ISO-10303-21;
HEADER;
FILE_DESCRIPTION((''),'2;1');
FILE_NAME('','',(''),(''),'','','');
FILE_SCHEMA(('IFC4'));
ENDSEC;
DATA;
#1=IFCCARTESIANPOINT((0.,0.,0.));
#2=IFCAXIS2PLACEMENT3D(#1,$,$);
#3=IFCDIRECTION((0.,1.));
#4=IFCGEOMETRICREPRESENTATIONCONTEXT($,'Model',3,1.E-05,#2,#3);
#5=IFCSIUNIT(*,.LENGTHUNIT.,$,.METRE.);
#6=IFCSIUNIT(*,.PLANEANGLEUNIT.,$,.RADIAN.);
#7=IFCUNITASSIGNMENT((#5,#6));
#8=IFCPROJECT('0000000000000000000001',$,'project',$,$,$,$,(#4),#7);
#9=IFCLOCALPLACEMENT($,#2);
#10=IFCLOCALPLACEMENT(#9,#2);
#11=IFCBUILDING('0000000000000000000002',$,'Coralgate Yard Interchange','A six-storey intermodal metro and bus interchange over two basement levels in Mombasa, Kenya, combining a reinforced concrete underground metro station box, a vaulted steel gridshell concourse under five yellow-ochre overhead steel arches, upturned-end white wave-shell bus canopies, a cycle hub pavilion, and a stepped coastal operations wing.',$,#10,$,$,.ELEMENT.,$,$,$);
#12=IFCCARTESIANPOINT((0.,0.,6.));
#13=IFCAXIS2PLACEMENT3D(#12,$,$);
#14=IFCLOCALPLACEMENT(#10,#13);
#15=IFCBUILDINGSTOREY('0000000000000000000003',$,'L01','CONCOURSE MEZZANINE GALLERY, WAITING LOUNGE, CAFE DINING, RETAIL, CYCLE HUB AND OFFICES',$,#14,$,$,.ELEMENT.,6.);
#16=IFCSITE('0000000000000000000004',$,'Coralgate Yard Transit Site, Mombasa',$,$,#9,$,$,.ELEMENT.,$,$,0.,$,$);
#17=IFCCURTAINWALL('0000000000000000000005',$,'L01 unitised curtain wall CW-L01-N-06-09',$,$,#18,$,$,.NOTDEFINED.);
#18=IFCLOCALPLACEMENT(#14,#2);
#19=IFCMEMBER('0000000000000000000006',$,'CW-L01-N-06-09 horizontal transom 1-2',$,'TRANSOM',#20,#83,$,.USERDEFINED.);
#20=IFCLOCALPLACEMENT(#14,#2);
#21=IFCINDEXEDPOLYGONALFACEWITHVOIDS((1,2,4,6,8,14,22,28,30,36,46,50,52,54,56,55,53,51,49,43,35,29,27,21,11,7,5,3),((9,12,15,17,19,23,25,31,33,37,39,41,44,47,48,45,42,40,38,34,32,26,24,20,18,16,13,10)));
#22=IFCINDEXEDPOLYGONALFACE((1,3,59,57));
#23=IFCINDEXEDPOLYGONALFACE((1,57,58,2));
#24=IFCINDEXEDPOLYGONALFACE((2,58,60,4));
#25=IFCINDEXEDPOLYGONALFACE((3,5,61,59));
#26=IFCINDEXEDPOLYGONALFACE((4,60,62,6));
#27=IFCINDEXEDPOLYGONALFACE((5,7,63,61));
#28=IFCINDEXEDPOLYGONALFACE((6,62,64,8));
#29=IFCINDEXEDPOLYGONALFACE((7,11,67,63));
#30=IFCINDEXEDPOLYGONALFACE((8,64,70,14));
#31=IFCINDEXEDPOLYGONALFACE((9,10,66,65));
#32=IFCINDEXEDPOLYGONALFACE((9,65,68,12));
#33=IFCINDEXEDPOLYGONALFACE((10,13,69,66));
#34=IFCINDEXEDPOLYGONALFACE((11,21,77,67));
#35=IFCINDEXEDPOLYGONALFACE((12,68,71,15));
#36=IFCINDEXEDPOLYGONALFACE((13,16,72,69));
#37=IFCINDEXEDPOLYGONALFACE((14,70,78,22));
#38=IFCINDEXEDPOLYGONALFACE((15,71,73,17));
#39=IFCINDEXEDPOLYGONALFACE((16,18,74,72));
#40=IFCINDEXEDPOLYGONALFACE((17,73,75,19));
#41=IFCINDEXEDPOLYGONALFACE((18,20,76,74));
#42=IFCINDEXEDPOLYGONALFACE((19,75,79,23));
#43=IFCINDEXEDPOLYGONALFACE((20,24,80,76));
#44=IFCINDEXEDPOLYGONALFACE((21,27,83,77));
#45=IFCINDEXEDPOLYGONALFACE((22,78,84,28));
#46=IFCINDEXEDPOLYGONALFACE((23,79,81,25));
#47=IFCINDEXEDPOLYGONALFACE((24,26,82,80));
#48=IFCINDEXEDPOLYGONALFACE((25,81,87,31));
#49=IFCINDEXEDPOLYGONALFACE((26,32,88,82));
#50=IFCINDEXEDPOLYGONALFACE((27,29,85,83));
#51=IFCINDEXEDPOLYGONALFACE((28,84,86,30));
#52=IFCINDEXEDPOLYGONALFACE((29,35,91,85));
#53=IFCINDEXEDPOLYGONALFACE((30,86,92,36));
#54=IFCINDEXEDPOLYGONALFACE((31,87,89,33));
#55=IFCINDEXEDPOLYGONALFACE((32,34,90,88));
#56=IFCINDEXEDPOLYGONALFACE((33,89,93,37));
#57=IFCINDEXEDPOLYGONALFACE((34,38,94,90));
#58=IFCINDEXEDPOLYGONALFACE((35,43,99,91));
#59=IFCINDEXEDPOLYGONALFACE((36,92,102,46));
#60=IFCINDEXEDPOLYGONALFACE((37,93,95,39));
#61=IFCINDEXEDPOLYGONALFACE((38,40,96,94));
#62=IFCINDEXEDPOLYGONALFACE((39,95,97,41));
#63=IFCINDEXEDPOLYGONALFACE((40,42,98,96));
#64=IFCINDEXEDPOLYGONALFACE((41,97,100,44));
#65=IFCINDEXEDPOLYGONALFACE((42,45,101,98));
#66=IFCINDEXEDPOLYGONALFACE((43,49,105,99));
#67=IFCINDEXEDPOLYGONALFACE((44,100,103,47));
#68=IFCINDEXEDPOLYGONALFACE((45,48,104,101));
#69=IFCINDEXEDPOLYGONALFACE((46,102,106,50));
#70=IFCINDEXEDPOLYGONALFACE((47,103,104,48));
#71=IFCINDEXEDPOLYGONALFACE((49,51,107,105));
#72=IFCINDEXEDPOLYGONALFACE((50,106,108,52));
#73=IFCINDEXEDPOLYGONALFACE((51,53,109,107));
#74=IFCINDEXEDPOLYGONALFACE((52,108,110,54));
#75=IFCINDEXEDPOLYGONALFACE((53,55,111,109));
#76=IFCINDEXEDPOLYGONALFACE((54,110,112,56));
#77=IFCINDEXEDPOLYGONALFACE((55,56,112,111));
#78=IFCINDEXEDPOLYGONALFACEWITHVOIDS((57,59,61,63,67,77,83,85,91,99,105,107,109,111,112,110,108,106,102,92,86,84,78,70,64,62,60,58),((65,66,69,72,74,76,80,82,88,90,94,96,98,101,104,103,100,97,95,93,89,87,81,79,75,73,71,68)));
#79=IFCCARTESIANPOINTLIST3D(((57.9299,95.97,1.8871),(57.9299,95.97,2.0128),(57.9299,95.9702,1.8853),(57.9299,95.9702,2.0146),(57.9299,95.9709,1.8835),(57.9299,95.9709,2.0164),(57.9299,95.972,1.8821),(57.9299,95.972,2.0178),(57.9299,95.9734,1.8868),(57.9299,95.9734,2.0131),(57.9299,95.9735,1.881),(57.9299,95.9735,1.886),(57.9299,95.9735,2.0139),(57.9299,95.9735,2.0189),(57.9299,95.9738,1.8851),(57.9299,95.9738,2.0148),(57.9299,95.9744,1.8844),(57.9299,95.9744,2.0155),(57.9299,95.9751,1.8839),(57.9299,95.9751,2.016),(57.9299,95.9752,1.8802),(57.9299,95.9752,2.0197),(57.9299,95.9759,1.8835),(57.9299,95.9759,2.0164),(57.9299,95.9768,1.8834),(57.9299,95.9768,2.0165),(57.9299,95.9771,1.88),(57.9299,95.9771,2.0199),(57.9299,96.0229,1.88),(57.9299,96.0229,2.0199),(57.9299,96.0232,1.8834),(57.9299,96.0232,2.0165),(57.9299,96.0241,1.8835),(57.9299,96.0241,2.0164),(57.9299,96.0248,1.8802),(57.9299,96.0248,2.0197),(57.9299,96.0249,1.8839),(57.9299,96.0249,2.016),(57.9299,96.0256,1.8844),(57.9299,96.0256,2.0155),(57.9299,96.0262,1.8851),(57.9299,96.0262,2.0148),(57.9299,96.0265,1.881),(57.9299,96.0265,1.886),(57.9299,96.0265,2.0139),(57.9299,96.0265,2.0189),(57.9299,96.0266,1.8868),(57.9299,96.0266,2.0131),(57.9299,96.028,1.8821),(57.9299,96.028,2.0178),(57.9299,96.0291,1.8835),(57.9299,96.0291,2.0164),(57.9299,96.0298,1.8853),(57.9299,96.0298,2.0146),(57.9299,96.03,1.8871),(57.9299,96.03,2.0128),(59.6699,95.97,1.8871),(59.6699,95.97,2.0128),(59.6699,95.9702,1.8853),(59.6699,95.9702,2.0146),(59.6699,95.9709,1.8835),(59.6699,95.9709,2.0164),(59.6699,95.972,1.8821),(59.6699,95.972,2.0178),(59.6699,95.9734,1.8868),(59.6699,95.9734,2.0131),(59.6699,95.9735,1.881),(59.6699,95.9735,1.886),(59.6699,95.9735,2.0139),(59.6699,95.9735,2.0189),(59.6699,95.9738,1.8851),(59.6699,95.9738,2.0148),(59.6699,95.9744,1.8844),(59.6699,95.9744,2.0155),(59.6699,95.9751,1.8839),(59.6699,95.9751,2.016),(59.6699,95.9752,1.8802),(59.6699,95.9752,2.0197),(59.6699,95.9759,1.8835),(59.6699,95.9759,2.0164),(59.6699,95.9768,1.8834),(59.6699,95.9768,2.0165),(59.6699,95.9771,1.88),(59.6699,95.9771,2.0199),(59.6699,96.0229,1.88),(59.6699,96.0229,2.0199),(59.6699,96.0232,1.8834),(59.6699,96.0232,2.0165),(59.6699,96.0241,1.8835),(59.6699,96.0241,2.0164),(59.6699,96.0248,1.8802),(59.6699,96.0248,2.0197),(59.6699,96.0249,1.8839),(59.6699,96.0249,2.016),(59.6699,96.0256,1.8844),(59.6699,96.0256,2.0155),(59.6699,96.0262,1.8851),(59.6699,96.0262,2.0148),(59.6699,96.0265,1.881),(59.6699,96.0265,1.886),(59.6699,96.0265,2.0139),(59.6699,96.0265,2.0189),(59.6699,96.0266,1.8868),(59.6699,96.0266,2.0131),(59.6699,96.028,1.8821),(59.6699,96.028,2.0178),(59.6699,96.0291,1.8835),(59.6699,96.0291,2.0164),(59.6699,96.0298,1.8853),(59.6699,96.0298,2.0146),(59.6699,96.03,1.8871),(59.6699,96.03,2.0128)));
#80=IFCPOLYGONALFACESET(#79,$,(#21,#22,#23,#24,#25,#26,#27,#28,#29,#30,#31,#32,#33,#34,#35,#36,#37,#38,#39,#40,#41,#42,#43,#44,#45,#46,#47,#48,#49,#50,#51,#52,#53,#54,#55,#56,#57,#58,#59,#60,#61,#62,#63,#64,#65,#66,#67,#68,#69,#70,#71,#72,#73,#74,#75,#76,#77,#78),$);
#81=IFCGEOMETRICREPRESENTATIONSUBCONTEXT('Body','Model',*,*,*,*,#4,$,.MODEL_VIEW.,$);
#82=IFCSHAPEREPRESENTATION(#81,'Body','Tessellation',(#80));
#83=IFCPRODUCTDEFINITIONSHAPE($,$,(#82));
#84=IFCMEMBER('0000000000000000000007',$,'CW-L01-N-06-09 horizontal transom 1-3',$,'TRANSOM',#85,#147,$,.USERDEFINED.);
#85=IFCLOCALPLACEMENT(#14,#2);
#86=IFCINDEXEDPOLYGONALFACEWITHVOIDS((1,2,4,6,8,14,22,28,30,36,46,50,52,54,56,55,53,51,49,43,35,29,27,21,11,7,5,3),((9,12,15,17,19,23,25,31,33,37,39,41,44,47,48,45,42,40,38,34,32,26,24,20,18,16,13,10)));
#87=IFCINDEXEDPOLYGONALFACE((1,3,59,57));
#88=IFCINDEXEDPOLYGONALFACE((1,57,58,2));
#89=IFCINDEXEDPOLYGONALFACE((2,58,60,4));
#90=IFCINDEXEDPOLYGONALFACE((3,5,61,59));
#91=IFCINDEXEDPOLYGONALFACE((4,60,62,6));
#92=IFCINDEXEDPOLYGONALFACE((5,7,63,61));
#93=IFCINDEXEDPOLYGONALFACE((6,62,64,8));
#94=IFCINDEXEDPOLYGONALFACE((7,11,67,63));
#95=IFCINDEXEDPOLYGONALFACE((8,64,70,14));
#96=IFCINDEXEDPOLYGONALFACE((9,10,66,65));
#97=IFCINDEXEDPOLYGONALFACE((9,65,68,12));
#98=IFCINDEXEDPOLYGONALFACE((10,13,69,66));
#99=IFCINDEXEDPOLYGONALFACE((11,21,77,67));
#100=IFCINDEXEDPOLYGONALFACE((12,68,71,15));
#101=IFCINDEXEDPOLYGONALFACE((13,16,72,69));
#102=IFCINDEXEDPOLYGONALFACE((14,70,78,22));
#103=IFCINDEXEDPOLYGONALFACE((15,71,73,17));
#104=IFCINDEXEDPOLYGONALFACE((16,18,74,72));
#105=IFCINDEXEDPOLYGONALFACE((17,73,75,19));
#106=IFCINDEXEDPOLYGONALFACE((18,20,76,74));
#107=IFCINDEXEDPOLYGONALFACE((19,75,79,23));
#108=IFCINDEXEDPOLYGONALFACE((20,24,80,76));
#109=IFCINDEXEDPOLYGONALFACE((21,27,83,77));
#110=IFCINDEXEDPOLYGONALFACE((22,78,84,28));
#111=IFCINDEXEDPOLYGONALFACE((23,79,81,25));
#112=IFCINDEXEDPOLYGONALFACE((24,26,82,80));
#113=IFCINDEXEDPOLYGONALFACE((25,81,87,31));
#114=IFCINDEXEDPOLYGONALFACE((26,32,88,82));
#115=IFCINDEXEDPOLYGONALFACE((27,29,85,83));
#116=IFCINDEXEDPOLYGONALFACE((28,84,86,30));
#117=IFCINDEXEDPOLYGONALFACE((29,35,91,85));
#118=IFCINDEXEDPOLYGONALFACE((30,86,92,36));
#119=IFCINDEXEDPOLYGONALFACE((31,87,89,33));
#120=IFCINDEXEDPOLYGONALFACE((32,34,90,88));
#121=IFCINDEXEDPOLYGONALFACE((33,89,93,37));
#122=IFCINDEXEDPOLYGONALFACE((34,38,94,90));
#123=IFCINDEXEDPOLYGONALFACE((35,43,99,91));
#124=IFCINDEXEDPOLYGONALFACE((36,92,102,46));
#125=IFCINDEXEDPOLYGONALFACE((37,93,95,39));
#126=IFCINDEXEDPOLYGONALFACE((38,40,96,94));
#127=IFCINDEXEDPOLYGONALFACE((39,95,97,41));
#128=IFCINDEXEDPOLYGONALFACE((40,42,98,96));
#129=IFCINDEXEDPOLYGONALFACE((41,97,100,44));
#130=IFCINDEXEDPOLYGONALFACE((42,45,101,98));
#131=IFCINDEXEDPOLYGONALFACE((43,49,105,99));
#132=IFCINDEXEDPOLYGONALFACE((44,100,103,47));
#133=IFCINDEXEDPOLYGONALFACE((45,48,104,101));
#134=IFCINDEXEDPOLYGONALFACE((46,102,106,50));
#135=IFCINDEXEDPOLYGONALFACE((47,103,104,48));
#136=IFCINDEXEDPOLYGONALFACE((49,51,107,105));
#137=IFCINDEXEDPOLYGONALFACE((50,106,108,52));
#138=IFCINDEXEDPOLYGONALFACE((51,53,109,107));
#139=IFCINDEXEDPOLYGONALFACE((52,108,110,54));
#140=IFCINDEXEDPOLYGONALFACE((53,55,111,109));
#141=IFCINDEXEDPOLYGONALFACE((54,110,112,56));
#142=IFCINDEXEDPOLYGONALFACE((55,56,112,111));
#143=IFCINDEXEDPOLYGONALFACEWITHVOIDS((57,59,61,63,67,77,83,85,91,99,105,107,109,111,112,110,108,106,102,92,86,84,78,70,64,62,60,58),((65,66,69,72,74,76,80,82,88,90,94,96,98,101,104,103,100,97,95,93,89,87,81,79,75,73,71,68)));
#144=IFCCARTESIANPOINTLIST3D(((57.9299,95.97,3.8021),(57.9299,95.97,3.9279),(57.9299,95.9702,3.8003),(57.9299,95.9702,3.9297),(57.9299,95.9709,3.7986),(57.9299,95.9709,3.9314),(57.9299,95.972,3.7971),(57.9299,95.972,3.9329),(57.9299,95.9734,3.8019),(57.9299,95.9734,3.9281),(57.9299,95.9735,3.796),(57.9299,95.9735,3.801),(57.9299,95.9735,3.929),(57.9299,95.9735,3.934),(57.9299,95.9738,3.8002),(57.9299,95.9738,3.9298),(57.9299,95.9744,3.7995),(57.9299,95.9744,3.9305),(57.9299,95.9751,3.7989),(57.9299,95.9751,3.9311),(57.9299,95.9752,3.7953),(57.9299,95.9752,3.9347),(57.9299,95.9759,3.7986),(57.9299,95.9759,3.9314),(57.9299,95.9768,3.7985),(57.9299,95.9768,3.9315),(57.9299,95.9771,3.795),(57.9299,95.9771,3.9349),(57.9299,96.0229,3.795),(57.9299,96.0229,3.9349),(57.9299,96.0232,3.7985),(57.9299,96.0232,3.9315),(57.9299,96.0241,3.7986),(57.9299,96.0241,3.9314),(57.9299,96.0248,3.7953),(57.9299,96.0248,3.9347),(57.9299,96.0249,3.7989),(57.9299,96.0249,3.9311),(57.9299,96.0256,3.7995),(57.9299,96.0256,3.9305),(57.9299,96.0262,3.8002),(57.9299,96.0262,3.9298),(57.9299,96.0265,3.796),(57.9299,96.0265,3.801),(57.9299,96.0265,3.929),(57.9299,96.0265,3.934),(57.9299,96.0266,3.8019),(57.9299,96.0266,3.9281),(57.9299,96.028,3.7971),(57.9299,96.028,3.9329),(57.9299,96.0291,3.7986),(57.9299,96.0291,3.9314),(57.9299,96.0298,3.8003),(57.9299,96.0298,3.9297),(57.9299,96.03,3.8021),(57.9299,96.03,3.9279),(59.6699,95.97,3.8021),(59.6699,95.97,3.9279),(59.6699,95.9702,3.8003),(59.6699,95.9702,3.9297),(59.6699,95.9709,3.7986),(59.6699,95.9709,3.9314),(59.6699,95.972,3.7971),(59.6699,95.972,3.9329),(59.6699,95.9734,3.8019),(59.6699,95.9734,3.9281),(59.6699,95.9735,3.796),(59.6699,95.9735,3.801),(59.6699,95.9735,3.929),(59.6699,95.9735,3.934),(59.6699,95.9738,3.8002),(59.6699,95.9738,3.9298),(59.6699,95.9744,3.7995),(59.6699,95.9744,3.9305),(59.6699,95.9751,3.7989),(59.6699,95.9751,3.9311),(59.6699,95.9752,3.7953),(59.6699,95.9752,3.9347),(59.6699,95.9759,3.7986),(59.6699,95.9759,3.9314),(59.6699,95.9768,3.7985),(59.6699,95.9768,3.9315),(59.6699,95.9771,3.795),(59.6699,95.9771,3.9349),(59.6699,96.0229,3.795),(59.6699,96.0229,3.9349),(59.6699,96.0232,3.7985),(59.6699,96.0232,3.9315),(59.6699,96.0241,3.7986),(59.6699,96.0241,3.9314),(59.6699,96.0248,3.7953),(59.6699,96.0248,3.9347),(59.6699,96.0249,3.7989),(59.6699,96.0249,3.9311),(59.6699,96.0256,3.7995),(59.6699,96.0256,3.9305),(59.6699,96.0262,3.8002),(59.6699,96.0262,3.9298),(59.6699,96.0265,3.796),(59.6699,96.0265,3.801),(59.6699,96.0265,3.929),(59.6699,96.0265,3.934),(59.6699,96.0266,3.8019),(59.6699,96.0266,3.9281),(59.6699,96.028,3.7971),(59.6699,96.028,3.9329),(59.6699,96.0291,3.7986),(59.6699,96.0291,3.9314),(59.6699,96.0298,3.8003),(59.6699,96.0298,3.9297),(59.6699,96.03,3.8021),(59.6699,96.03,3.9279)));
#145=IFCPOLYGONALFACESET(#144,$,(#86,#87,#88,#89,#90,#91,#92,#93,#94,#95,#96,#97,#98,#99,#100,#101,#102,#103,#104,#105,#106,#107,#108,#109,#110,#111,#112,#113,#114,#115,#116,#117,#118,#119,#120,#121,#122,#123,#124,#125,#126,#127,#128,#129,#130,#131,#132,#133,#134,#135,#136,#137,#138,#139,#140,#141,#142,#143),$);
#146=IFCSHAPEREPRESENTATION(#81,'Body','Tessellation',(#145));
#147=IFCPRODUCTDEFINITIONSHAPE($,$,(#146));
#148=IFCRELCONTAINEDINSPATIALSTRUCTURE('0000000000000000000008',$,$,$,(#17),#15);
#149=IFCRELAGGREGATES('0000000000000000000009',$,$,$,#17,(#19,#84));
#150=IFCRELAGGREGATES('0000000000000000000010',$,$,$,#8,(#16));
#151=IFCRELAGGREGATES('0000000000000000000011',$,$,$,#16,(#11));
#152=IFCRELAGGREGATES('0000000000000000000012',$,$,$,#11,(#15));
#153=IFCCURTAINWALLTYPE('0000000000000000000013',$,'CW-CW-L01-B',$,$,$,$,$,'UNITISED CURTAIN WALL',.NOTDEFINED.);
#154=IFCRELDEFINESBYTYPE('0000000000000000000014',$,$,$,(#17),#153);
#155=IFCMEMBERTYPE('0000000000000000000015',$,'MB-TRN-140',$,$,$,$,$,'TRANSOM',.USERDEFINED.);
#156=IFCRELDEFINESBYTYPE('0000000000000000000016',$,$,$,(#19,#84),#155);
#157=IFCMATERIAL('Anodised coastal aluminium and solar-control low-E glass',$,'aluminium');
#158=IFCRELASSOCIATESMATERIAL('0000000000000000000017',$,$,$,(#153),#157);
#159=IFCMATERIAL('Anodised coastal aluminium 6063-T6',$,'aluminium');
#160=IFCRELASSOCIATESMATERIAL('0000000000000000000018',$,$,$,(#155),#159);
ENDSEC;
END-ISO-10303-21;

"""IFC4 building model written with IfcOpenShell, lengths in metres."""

from ifc_helpers import new_model, si_unit, direction, frame, origin, origin_2d, place, context, subcontext, project, spatial, hollow_rectangle, extrude, material, material_profile, profile_set, type_object, element, aggregate, save


model = new_model("IFC4")

# Units and contexts
model_context = context("Model", 3, precision=1e-05, world=origin(), true_north=direction((0.0, 1.0)))
body_context = subcontext(model_context, "Body", "Model", "MODEL_VIEW")
ifc_project = project(units=[si_unit("LENGTHUNIT", "METRE"), si_unit("PLANEANGLEUNIT", "RADIAN")], contexts=[model_context])

# Site, building, storey
site_placement = place(None, origin())
site = spatial("IfcSite", under=ifc_project, at=site_placement, Name="Coralgate Yard Transit Site, Mombasa", CompositionType="ELEMENT", RefElevation=0.0)
building_placement = place(site_placement, origin())
building = spatial("IfcBuilding", under=site, at=building_placement, Name="Coralgate Yard Interchange", Description="A six-storey intermodal metro and bus interchange over two basement levels in Mombasa, Kenya, combining a reinforced concrete underground metro station box, a vaulted steel gridshell concourse under five yellow-ochre overhead steel arches, upturned-end white wave-shell bus canopies, a cycle hub pavilion, and a stepped coastal operations wing.", CompositionType="ELEMENT")
storey_placement = place(building_placement, frame((0.0, 0.0, 6.0)))
storey = spatial("IfcBuildingStorey", under=building, at=storey_placement, Name="L01", Description="CONCOURSE MEZZANINE GALLERY, WAITING LOUNGE, CAFE DINING, RETAIL, CYCLE HUB AND OFFICES", CompositionType="ELEMENT", Elevation=6.0)

# Shared definitions
ifc_material_1 = material(Name="Anodised coastal aluminium and solar-control low-E glass", Category="aluminium")
curtain_wall_type = type_object("IfcCurtainWallType", Name="CW-CW-L01-B", ElementType="UNITISED CURTAIN WALL", PredefinedType="NOTDEFINED", material=ifc_material_1)
ifc_material_2 = material(Name="Anodised coastal aluminium 6063-T6", Category="aluminium")

# Curtain wall, members
curtain_wall_1_placement = place(storey_placement, origin())
curtain_wall_1 = element("IfcCurtainWall", 1, at=curtain_wall_1_placement, inside=storey, type_object=curtain_wall_type, Name="L01 unitised curtain wall CW-L01-N-06-09", PredefinedType="NOTDEFINED")
ifc_material_profile_1 = material_profile(ifc_material_2, hollow_rectangle(XDim=0.0601, YDim=0.1399, WallThickness=0.0034, InnerFilletRadius=0.0034, OuterFilletRadius=0.0071, at=origin_2d()), Name="ALU 60x140x3.5")
ifc_profile_set_1 = profile_set([ifc_material_profile_1], Name="Anodised coastal aluminium 6063-T6")
member_type_1 = type_object("IfcMemberType", Name="MB-TRN-140", ElementType="TRANSOM", PredefinedType="USERDEFINED", material=ifc_profile_set_1)
member_1_placement = place(storey_placement, frame((57.9299, 96.0, 1.95), z_axis=(1.0, 0.0, 0.0), x_axis=(0.0, 1.0, 0.0)))
member_1 = element("IfcMember", 2, at=member_1_placement, type_object=member_type_1, Name="CW-L01-N-06-09 horizontal transom 1-2", ObjectType="TRANSOM", PredefinedType="USERDEFINED", context=body_context, shape_type="SweptSolid", body=[
    extrude(hollow_rectangle(XDim=0.0601, YDim=0.1399, WallThickness=0.0034, InnerFilletRadius=0.0034, OuterFilletRadius=0.0071, at=origin_2d()), origin(), (0.0, 0.0, 1.0), 1.74),
])
member_2_placement = place(storey_placement, frame((57.9299, 96.0, 3.865), z_axis=(1.0, 0.0, 0.0), x_axis=(0.0, 1.0, 0.0)))
member_2 = element("IfcMember", 3, at=member_2_placement, type_object=member_type_1, Name="CW-L01-N-06-09 horizontal transom 1-3", ObjectType="TRANSOM", PredefinedType="USERDEFINED", context=body_context, shape_type="SweptSolid", body=[
    extrude(hollow_rectangle(XDim=0.0601, YDim=0.1399, WallThickness=0.0034, InnerFilletRadius=0.0034, OuterFilletRadius=0.0071, at=origin_2d()), origin(), (0.0, 0.0, 1.0), 1.74),
])
aggregate(curtain_wall_1, [member_1, member_2])

save(model, "model.ifc")
